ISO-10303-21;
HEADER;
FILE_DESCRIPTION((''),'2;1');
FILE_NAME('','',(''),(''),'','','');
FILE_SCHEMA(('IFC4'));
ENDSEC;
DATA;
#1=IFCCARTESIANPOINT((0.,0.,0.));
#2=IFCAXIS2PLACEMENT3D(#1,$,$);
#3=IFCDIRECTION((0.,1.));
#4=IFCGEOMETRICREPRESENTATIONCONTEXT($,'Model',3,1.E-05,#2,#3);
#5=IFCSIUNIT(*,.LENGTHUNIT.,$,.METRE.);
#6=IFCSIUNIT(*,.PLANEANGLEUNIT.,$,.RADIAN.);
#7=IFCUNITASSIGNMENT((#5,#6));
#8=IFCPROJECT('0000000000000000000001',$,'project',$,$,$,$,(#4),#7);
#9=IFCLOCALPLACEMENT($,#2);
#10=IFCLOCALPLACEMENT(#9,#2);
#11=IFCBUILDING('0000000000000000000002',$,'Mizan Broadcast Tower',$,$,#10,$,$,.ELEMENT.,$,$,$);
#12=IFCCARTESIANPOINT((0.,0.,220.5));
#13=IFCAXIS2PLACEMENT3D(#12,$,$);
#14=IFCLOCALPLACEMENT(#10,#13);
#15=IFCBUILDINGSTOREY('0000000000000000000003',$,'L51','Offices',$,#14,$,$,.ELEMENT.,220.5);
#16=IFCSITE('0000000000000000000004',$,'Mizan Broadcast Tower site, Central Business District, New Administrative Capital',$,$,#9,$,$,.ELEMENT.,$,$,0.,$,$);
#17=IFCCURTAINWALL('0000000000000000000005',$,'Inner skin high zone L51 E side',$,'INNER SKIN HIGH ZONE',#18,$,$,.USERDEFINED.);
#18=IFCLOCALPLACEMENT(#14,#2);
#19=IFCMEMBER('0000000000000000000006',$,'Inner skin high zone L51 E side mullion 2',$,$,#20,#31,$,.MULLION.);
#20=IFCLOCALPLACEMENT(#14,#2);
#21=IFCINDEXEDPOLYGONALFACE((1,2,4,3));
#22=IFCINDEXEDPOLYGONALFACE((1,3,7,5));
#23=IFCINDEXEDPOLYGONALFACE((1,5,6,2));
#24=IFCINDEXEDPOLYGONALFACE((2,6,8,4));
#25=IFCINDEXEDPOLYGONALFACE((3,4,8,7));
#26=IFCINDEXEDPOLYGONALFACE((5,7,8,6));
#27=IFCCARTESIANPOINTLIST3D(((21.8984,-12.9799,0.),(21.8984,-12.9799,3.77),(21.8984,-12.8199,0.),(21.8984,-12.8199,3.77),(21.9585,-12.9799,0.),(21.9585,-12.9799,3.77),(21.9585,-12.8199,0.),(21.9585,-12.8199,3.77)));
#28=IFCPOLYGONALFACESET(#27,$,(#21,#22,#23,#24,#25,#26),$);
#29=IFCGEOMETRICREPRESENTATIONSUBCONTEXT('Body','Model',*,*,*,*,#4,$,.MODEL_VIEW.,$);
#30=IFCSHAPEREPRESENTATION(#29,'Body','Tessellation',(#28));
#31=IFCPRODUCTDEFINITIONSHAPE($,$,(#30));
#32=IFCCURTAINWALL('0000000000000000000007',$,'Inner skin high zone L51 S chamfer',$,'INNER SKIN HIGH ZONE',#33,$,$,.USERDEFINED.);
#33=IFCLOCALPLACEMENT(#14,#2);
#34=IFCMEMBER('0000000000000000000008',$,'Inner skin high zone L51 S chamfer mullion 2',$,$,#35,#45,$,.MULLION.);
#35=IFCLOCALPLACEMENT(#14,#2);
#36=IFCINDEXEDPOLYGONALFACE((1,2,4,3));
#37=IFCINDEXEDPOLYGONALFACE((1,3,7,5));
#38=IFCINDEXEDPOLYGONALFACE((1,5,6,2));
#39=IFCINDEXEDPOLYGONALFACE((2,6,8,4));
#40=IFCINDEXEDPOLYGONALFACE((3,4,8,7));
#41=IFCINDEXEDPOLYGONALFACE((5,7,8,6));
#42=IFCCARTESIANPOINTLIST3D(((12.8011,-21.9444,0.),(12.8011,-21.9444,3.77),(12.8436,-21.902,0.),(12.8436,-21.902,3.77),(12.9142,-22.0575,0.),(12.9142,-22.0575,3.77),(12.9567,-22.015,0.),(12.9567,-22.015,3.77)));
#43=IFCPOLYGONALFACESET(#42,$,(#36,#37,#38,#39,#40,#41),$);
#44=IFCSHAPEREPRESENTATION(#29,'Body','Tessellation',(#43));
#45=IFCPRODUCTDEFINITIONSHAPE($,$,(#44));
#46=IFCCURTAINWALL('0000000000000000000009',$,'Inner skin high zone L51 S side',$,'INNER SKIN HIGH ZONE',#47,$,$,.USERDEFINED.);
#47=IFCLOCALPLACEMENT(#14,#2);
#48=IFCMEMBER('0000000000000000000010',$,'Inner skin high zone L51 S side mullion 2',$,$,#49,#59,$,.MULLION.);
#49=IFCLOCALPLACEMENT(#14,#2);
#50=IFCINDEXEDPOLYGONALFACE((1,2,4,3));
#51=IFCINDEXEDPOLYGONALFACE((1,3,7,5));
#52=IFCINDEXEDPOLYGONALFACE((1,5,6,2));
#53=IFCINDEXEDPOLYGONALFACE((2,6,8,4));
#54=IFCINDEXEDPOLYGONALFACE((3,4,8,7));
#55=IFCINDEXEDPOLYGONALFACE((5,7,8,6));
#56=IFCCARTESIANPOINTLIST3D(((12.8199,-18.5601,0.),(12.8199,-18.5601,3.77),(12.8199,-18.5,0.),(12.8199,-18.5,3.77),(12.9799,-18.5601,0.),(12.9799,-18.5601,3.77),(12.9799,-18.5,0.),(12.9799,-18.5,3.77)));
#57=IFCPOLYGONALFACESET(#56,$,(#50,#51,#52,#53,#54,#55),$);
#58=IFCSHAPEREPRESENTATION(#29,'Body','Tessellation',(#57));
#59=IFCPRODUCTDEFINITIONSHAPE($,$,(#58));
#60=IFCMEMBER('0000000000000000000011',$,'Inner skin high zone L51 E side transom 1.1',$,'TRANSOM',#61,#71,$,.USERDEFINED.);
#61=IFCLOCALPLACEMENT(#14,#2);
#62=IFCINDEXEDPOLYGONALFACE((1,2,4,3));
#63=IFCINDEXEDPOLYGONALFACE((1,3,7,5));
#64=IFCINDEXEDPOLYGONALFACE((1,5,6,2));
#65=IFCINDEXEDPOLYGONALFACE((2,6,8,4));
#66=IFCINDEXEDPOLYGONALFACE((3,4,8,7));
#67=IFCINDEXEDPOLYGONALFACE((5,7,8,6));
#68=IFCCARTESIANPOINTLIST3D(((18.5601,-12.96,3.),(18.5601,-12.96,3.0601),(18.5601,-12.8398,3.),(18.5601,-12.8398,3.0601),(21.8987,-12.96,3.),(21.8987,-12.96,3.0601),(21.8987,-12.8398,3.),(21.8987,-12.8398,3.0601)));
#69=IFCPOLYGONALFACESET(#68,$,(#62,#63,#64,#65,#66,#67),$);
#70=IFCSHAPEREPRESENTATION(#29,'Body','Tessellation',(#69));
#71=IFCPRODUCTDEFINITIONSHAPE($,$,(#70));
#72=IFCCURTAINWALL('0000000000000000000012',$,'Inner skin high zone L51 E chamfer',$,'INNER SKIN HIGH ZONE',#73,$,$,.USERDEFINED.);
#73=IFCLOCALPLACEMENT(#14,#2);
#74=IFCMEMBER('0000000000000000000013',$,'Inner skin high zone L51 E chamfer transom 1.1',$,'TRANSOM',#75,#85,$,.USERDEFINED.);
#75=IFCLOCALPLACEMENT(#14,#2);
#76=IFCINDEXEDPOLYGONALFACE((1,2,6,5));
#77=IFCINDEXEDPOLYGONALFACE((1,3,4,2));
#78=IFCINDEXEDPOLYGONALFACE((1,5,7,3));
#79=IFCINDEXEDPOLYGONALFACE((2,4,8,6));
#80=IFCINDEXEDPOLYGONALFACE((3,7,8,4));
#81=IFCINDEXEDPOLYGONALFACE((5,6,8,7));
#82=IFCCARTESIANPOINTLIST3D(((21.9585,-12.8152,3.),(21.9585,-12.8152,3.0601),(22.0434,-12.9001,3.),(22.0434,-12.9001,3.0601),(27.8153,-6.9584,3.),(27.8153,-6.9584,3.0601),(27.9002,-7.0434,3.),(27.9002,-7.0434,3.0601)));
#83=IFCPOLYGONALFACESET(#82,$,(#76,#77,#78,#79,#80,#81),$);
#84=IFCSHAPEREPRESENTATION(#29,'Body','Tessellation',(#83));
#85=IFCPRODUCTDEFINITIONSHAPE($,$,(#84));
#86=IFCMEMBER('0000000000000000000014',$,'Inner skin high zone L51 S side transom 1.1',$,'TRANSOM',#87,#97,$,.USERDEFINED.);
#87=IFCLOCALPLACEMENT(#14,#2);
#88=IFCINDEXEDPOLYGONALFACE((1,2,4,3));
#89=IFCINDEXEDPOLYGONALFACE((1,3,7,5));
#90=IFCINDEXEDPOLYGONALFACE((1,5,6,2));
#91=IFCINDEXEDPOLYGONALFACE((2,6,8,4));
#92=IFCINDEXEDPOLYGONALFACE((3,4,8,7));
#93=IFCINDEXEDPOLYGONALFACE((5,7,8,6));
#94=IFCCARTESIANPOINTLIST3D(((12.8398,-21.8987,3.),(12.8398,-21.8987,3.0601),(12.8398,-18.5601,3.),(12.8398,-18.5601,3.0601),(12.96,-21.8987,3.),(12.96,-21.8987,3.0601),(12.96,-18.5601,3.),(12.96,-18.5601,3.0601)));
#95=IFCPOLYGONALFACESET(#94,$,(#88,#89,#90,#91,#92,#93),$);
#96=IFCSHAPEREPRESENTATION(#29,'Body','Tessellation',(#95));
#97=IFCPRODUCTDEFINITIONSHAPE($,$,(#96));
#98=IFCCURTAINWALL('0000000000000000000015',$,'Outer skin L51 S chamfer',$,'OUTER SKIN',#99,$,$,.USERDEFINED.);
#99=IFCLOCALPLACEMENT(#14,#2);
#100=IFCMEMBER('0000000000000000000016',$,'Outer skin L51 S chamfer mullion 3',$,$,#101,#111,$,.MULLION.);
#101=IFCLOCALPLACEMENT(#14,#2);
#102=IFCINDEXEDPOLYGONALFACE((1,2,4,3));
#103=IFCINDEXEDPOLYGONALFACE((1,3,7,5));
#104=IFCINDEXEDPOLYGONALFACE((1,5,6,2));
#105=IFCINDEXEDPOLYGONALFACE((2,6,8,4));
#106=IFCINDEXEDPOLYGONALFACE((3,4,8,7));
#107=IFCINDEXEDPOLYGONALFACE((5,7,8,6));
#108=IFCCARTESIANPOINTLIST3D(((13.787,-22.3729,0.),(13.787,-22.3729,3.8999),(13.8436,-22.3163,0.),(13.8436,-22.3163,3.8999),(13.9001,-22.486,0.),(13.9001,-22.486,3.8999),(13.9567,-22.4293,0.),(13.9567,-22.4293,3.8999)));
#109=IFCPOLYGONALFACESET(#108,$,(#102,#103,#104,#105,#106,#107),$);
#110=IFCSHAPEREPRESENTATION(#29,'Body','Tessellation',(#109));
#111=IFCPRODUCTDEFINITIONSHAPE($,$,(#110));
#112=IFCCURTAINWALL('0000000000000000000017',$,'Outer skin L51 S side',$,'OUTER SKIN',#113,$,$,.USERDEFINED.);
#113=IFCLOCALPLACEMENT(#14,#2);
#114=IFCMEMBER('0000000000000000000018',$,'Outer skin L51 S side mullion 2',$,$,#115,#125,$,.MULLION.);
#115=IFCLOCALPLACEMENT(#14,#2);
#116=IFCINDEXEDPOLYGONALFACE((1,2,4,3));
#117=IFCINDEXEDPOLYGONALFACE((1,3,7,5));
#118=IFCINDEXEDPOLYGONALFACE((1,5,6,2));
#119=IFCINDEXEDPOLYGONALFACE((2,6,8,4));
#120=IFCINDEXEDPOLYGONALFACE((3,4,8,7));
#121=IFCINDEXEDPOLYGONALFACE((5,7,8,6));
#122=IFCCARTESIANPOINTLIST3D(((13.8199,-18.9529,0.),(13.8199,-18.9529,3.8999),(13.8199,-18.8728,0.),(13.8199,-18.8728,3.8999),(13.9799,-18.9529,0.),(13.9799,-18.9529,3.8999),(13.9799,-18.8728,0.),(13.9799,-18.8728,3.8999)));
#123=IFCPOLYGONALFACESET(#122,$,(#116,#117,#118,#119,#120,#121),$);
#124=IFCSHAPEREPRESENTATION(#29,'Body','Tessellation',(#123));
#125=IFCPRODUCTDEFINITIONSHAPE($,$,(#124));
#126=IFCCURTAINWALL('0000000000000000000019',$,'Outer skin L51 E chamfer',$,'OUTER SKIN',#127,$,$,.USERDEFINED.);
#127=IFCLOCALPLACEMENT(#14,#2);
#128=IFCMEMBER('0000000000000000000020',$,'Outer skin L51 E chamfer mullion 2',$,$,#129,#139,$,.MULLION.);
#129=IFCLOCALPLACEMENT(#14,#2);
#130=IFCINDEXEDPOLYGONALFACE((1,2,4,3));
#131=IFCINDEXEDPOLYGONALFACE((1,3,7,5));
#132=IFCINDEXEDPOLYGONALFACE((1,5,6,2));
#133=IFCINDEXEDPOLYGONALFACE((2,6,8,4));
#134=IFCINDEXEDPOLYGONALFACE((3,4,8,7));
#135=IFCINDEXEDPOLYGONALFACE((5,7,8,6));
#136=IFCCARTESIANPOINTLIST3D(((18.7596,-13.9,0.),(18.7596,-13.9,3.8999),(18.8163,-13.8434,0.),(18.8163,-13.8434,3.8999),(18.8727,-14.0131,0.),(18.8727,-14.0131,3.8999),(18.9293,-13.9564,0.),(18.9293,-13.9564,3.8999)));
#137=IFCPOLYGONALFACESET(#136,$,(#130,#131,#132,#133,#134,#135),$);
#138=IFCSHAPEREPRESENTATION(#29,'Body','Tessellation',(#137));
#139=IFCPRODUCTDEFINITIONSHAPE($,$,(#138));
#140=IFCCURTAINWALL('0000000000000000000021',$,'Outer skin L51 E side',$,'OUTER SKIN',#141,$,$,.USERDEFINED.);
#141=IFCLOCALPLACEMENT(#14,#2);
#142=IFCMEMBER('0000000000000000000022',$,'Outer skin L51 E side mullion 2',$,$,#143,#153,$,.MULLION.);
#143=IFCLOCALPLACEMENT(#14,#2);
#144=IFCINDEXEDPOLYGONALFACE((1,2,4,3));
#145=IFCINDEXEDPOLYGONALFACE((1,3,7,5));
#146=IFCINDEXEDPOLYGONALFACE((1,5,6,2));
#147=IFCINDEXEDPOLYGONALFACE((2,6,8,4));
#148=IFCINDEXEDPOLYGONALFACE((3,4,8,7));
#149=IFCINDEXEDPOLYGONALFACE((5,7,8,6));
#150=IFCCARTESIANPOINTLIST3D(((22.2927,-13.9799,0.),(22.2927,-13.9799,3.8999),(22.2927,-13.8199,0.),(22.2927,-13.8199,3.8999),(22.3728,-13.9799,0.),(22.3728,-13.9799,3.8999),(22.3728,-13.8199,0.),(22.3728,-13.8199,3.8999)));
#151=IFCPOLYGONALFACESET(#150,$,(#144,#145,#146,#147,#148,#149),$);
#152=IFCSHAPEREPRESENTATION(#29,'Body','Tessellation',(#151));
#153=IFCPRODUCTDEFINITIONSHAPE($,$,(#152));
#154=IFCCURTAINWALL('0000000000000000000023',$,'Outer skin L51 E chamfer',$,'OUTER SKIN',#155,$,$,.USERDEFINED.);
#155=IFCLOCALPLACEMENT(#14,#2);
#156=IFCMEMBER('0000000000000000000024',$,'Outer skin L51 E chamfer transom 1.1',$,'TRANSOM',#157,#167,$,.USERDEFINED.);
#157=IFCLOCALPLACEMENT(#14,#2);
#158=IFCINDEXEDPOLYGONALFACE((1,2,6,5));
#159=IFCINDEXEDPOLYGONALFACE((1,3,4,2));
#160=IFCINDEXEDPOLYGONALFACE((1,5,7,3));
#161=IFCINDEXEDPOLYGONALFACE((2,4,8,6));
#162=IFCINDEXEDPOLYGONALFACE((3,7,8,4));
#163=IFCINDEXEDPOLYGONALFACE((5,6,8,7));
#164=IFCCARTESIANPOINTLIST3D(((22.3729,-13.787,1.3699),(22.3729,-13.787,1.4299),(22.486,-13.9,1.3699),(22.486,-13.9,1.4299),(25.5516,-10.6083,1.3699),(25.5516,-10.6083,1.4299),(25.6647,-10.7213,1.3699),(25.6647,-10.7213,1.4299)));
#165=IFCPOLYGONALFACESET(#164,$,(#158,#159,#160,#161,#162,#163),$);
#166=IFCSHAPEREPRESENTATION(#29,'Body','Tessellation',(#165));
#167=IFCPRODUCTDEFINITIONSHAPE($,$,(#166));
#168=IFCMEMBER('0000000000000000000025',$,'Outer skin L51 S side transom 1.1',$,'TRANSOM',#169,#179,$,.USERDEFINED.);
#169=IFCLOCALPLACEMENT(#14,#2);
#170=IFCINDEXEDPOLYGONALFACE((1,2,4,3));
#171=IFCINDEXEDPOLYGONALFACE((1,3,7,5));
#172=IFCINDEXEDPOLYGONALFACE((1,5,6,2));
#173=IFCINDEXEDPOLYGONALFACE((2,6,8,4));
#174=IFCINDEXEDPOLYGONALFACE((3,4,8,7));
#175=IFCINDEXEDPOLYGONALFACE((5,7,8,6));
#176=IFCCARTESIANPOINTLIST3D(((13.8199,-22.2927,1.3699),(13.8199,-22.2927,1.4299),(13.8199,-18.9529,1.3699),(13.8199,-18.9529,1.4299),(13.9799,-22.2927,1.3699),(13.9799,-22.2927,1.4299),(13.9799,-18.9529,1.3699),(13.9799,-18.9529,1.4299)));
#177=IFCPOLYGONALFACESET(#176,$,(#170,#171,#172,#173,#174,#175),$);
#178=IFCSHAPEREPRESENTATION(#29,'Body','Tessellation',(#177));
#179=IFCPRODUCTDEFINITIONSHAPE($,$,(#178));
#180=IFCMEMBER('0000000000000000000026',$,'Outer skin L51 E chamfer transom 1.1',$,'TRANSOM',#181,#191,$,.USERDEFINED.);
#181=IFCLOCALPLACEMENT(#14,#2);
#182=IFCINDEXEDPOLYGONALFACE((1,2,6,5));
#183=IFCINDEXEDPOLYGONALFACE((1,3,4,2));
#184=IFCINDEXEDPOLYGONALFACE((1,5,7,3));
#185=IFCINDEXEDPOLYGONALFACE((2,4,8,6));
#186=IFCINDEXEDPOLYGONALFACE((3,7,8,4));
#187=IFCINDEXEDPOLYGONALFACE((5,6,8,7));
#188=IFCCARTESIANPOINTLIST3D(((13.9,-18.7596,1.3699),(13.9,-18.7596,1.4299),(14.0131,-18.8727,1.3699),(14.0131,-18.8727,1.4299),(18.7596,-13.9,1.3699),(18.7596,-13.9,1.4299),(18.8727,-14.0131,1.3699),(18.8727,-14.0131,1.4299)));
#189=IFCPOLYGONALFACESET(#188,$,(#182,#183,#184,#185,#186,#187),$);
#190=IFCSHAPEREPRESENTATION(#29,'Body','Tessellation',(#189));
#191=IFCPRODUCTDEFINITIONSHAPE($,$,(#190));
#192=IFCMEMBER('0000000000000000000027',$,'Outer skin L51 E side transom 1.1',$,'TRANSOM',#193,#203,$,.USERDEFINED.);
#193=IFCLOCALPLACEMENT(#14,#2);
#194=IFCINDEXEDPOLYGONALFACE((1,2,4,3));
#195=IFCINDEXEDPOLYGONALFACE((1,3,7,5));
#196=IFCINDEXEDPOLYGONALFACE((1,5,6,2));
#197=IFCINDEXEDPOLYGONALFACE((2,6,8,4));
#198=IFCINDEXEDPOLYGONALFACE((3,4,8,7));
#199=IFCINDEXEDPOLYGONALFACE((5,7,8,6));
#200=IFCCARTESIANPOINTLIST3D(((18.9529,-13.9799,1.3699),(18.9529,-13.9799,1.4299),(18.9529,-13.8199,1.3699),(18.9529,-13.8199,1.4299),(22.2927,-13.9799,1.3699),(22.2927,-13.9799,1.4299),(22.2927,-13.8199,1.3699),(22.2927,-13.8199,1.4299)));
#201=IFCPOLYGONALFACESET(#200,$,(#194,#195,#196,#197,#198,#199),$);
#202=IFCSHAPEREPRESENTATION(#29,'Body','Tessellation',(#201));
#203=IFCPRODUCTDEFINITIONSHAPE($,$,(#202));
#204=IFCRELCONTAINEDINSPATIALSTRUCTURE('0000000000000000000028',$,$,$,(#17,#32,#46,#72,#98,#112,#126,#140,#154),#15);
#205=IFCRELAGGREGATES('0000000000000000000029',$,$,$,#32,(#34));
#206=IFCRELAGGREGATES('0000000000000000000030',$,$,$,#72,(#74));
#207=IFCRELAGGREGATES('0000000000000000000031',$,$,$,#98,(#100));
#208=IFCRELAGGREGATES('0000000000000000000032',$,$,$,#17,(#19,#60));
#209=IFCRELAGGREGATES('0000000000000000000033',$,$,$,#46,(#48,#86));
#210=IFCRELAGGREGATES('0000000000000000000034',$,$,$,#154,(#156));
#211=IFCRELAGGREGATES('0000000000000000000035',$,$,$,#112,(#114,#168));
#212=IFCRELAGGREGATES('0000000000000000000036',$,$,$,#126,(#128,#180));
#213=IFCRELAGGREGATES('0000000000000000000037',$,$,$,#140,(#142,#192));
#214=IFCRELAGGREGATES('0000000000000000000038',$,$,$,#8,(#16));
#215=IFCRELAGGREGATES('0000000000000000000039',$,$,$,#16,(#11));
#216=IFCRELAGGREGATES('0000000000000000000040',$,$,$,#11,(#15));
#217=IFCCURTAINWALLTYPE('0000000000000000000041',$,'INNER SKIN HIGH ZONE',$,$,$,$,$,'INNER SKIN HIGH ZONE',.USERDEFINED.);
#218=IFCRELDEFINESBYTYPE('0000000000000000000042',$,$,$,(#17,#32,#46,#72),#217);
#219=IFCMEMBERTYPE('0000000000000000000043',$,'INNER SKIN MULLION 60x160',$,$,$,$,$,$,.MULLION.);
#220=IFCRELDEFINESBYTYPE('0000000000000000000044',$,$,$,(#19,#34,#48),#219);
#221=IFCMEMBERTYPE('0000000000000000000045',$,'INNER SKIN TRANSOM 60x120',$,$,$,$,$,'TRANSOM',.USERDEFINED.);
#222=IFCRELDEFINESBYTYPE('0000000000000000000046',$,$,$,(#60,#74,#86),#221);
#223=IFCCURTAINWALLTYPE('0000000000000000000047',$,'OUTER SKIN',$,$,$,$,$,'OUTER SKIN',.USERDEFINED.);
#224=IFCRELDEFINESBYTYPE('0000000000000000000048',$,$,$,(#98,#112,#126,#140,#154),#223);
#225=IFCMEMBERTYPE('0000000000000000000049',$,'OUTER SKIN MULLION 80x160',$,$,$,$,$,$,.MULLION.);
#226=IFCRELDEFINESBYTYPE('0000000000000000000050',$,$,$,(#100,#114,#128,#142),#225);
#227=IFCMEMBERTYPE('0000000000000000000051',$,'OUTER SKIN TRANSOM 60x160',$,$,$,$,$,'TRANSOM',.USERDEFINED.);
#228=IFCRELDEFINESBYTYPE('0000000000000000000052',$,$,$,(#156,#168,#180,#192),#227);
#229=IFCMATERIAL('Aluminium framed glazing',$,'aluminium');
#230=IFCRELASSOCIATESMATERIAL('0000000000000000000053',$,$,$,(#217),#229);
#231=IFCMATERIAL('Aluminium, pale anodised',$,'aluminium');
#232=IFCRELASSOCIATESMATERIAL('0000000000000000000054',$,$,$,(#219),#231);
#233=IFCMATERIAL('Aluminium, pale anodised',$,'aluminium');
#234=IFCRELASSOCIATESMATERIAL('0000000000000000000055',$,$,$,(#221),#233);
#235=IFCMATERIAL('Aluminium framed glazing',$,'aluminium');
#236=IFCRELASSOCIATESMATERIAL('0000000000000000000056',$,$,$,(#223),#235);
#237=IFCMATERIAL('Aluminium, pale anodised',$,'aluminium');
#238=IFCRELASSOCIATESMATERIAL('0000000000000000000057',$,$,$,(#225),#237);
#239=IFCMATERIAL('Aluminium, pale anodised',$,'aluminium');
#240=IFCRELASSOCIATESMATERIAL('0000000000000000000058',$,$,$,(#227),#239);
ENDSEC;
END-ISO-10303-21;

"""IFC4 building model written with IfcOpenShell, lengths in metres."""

from ifc_helpers import new_model, si_unit, direction, frame, origin, origin_2d, place, context, subcontext, project, spatial, rectangle, extrude, material, material_profile, profile_set, type_object, element, aggregate, save


model = new_model("IFC4")

# Units and contexts
model_context = context("Model", 3, precision=1e-05, world=origin(), true_north=direction((0.0, 1.0)))
body_context = subcontext(model_context, "Body", "Model", "MODEL_VIEW")
ifc_project = project(units=[si_unit("LENGTHUNIT", "METRE"), si_unit("PLANEANGLEUNIT", "RADIAN")], contexts=[model_context])

# Site, building, storey
site_placement = place(None, origin())
site = spatial("IfcSite", under=ifc_project, at=site_placement, Name="Mizan Broadcast Tower site, Central Business District, New Administrative Capital", CompositionType="ELEMENT", RefElevation=0.0)
building_placement = place(site_placement, origin())
building = spatial("IfcBuilding", under=site, at=building_placement, Name="Mizan Broadcast Tower", CompositionType="ELEMENT")
storey_placement = place(building_placement, frame((0.0, 0.0, 220.5)))
storey = spatial("IfcBuildingStorey", under=building, at=storey_placement, Name="L51", Description="Offices", CompositionType="ELEMENT", Elevation=220.5)

# Curtain walls, members
ifc_material_1 = material(Name="Aluminium framed glazing", Category="aluminium")
curtain_wall_type_1 = type_object("IfcCurtainWallType", Name="INNER SKIN HIGH ZONE", ElementType="INNER SKIN HIGH ZONE", PredefinedType="USERDEFINED", material=ifc_material_1)
curtain_wall_1_placement = place(storey_placement, origin())
curtain_wall_1 = element("IfcCurtainWall", 1, at=curtain_wall_1_placement, inside=storey, type_object=curtain_wall_type_1, Name="Inner skin high zone L51 E side", ObjectType="INNER SKIN HIGH ZONE", PredefinedType="USERDEFINED")
ifc_material_2 = material(Name="Aluminium, pale anodised", Category="aluminium")
ifc_material_profile_1 = material_profile(ifc_material_2, rectangle(XDim=0.1599, YDim=0.0601, at=origin_2d()), Name="MULLION 160x60")
ifc_profile_set_1 = profile_set([ifc_material_profile_1], Name="Aluminium, pale anodised")
member_type_1 = type_object("IfcMemberType", Name="INNER SKIN MULLION 60x160", PredefinedType="MULLION", material=ifc_profile_set_1)
member_1_placement = place(storey_placement, frame((21.9285, -12.8999, 0.0), z_axis=(0.0, 0.0, 1.0), x_axis=(0.0, 1.0, 0.0)))
member_1 = element("IfcMember", 2, at=member_1_placement, type_object=member_type_1, Name="Inner skin high zone L51 E side mullion 2", PredefinedType="MULLION", context=body_context, shape_type="SweptSolid", body=[
    extrude(rectangle(XDim=0.1599, YDim=0.0601, at=origin_2d()), origin(), (0.0, 0.0, 1.0), 3.77),
])
curtain_wall_2_placement = place(storey_placement, origin())
curtain_wall_2 = element("IfcCurtainWall", 3, at=curtain_wall_2_placement, inside=storey, type_object=curtain_wall_type_1, Name="Inner skin high zone L51 S chamfer", ObjectType="INNER SKIN HIGH ZONE", PredefinedType="USERDEFINED")
member_2_placement = place(storey_placement, frame((12.8789, -21.9797, 0.0), z_axis=(0.0, 0.0, 1.0), x_axis=(-0.707107, 0.707107, 0.0)))
member_2 = element("IfcMember", 4, at=member_2_placement, type_object=member_type_1, Name="Inner skin high zone L51 S chamfer mullion 2", PredefinedType="MULLION", context=body_context, shape_type="SweptSolid", body=[
    extrude(rectangle(XDim=0.1599, YDim=0.0601, at=origin_2d()), origin(), (0.0, 0.0, 1.0), 3.77),
])
aggregate(curtain_wall_2, [member_2])
curtain_wall_3_placement = place(storey_placement, origin())
curtain_wall_3 = element("IfcCurtainWall", 5, at=curtain_wall_3_placement, inside=storey, type_object=curtain_wall_type_1, Name="Inner skin high zone L51 S side", ObjectType="INNER SKIN HIGH ZONE", PredefinedType="USERDEFINED")
member_3_placement = place(storey_placement, frame((12.8999, -18.53, 0.0), z_axis=(0.0, 0.0, 1.0), x_axis=(-1.0, 0.0, 0.0)))
member_3 = element("IfcMember", 6, at=member_3_placement, type_object=member_type_1, Name="Inner skin high zone L51 S side mullion 2", PredefinedType="MULLION", context=body_context, shape_type="SweptSolid", body=[
    extrude(rectangle(XDim=0.1599, YDim=0.0601, at=origin_2d()), origin(), (0.0, 0.0, 1.0), 3.77),
])

# Member
ifc_material_3 = material(Name="Aluminium, pale anodised", Category="aluminium")
ifc_material_profile_2 = material_profile(ifc_material_3, rectangle(XDim=0.1201, YDim=0.0601, at=origin_2d()), Name="TRANSOM 120x60")
ifc_profile_set_2 = profile_set([ifc_material_profile_2], Name="Aluminium, pale anodised")
member_type_2 = type_object("IfcMemberType", Name="INNER SKIN TRANSOM 60x120", ElementType="TRANSOM", PredefinedType="USERDEFINED", material=ifc_profile_set_2)
member_4_placement = place(storey_placement, frame((18.5601, -12.8999, 3.03), z_axis=(1.0, 0.0, 0.0), x_axis=(0.0, 1.0, 0.0)))
member_4 = element("IfcMember", 7, at=member_4_placement, type_object=member_type_2, Name="Inner skin high zone L51 E side transom 1.1", ObjectType="TRANSOM", PredefinedType="USERDEFINED", context=body_context, shape_type="SweptSolid", body=[
    extrude(rectangle(XDim=0.1201, YDim=0.0601, at=origin_2d()), origin(), (0.0, 0.0, 1.0), 3.3386),
])

# Curtain wall, member
curtain_wall_4_placement = place(storey_placement, origin())
curtain_wall_4 = element("IfcCurtainWall", 8, at=curtain_wall_4_placement, inside=storey, type_object=curtain_wall_type_1, Name="Inner skin high zone L51 E chamfer", ObjectType="INNER SKIN HIGH ZONE", PredefinedType="USERDEFINED")
member_5_placement = place(storey_placement, frame((22.001, -12.8577, 3.03), z_axis=(0.707107, 0.707107, 0.0), x_axis=(-0.707107, 0.707107, 0.0)))
member_5 = element("IfcMember", 9, at=member_5_placement, type_object=member_type_2, Name="Inner skin high zone L51 E chamfer transom 1.1", ObjectType="TRANSOM", PredefinedType="USERDEFINED", context=body_context, shape_type="SweptSolid", body=[
    extrude(rectangle(XDim=0.1201, YDim=0.0601, at=origin_2d()), origin(), (0.0, 0.0, 1.0), 8.2827),
])
aggregate(curtain_wall_4, [member_5])

# Member
member_6_placement = place(storey_placement, frame((12.8999, -21.8987, 3.03), z_axis=(0.0, 1.0, 0.0), x_axis=(-1.0, 0.0, 0.0)))
member_6 = element("IfcMember", 10, at=member_6_placement, type_object=member_type_2, Name="Inner skin high zone L51 S side transom 1.1", ObjectType="TRANSOM", PredefinedType="USERDEFINED", context=body_context, shape_type="SweptSolid", body=[
    extrude(rectangle(XDim=0.1201, YDim=0.0601, at=origin_2d()), origin(), (0.0, 0.0, 1.0), 3.3386),
])

# Curtain walls, members
ifc_material_4 = material(Name="Aluminium framed glazing", Category="aluminium")
curtain_wall_type_2 = type_object("IfcCurtainWallType", Name="OUTER SKIN", ElementType="OUTER SKIN", PredefinedType="USERDEFINED", material=ifc_material_4)
curtain_wall_5_placement = place(storey_placement, origin())
curtain_wall_5 = element("IfcCurtainWall", 11, at=curtain_wall_5_placement, inside=storey, type_object=curtain_wall_type_2, Name="Outer skin L51 S chamfer", ObjectType="OUTER SKIN", PredefinedType="USERDEFINED")
ifc_material_5 = material(Name="Aluminium, pale anodised", Category="aluminium")
ifc_material_profile_3 = material_profile(ifc_material_5, rectangle(XDim=0.1599, YDim=0.0801, at=origin_2d()), Name="MULLION 160x80")
ifc_profile_set_3 = profile_set([ifc_material_profile_3], Name="Aluminium, pale anodised")
member_type_3 = type_object("IfcMemberType", Name="OUTER SKIN MULLION 80x160", PredefinedType="MULLION", material=ifc_profile_set_3)
member_7_placement = place(storey_placement, frame((13.8718, -22.4011, 0.0), z_axis=(0.0, 0.0, 1.0), x_axis=(-0.707107, 0.707107, 0.0)))
member_7 = element("IfcMember", 12, at=member_7_placement, type_object=member_type_3, Name="Outer skin L51 S chamfer mullion 3", PredefinedType="MULLION", context=body_context, shape_type="SweptSolid", body=[
    extrude(rectangle(XDim=0.1599, YDim=0.0801, at=origin_2d()), origin(), (0.0, 0.0, 1.0), 3.8999),
])
aggregate(curtain_wall_5, [member_7])
curtain_wall_6_placement = place(storey_placement, origin())
curtain_wall_6 = element("IfcCurtainWall", 13, at=curtain_wall_6_placement, inside=storey, type_object=curtain_wall_type_2, Name="Outer skin L51 S side", ObjectType="OUTER SKIN", PredefinedType="USERDEFINED")
member_8_placement = place(storey_placement, frame((13.8999, -18.9128, 0.0), z_axis=(0.0, 0.0, 1.0), x_axis=(-1.0, 0.0, 0.0)))
member_8 = element("IfcMember", 14, at=member_8_placement, type_object=member_type_3, Name="Outer skin L51 S side mullion 2", PredefinedType="MULLION", context=body_context, shape_type="SweptSolid", body=[
    extrude(rectangle(XDim=0.1599, YDim=0.0801, at=origin_2d()), origin(), (0.0, 0.0, 1.0), 3.8999),
])
curtain_wall_7_placement = place(storey_placement, origin())
curtain_wall_7 = element("IfcCurtainWall", 15, at=curtain_wall_7_placement, inside=storey, type_object=curtain_wall_type_2, Name="Outer skin L51 E chamfer", ObjectType="OUTER SKIN", PredefinedType="USERDEFINED")
member_9_placement = place(storey_placement, frame((18.8445, -13.9282, 0.0), z_axis=(0.0, 0.0, 1.0), x_axis=(-0.707107, 0.707107, 0.0)))
member_9 = element("IfcMember", 16, at=member_9_placement, type_object=member_type_3, Name="Outer skin L51 E chamfer mullion 2", PredefinedType="MULLION", context=body_context, shape_type="SweptSolid", body=[
    extrude(rectangle(XDim=0.1599, YDim=0.0801, at=origin_2d()), origin(), (0.0, 0.0, 1.0), 3.8999),
])
curtain_wall_8_placement = place(storey_placement, origin())
curtain_wall_8 = element("IfcCurtainWall", 17, at=curtain_wall_8_placement, inside=storey, type_object=curtain_wall_type_2, Name="Outer skin L51 E side", ObjectType="OUTER SKIN", PredefinedType="USERDEFINED")
member_10_placement = place(storey_placement, frame((22.3328, -13.8999, 0.0), z_axis=(0.0, 0.0, 1.0), x_axis=(0.0, 1.0, 0.0)))
member_10 = element("IfcMember", 18, at=member_10_placement, type_object=member_type_3, Name="Outer skin L51 E side mullion 2", PredefinedType="MULLION", context=body_context, shape_type="SweptSolid", body=[
    extrude(rectangle(XDim=0.1599, YDim=0.0801, at=origin_2d()), origin(), (0.0, 0.0, 1.0), 3.8999),
])
curtain_wall_9_placement = place(storey_placement, origin())
curtain_wall_9 = element("IfcCurtainWall", 19, at=curtain_wall_9_placement, inside=storey, type_object=curtain_wall_type_2, Name="Outer skin L51 E chamfer", ObjectType="OUTER SKIN", PredefinedType="USERDEFINED")
ifc_material_6 = material(Name="Aluminium, pale anodised", Category="aluminium")
ifc_material_profile_4 = material_profile(ifc_material_6, rectangle(XDim=0.1599, YDim=0.0601, at=origin_2d()), Name="TRANSOM 160x60")
ifc_profile_set_4 = profile_set([ifc_material_profile_4], Name="Aluminium, pale anodised")
member_type_4 = type_object("IfcMemberType", Name="OUTER SKIN TRANSOM 60x160", ElementType="TRANSOM", PredefinedType="USERDEFINED", material=ifc_profile_set_4)
member_11_placement = place(storey_placement, frame((22.4294, -13.8435, 1.3999), z_axis=(0.707107, 0.707107, 0.0), x_axis=(-0.707107, 0.707107, 0.0)))
member_11 = element("IfcMember", 20, at=member_11_placement, type_object=member_type_4, Name="Outer skin L51 E chamfer transom 1.1", ObjectType="TRANSOM", PredefinedType="USERDEFINED", context=body_context, shape_type="SweptSolid", body=[
    extrude(rectangle(XDim=0.1599, YDim=0.0601, at=origin_2d()), origin(), (0.0, 0.0, 1.0), 4.4954),
])

# Members
member_12_placement = place(storey_placement, frame((13.8999, -22.2927, 1.3999), z_axis=(0.0, 1.0, 0.0), x_axis=(-1.0, 0.0, 0.0)))
member_12 = element("IfcMember", 21, at=member_12_placement, type_object=member_type_4, Name="Outer skin L51 S side transom 1.1", ObjectType="TRANSOM", PredefinedType="USERDEFINED", context=body_context, shape_type="SweptSolid", body=[
    extrude(rectangle(XDim=0.1599, YDim=0.0601, at=origin_2d()), origin(), (0.0, 0.0, 1.0), 3.3398),
])
member_13_placement = place(storey_placement, frame((13.9565, -18.8162, 1.3999), z_axis=(0.707107, 0.707107, 0.0), x_axis=(-0.707107, 0.707107, 0.0)))
member_13 = element("IfcMember", 22, at=member_13_placement, type_object=member_type_4, Name="Outer skin L51 E chamfer transom 1.1", ObjectType="TRANSOM", PredefinedType="USERDEFINED", context=body_context, shape_type="SweptSolid", body=[
    extrude(rectangle(XDim=0.1599, YDim=0.0601, at=origin_2d()), origin(), (0.0, 0.0, 1.0), 6.8726),
])
member_14_placement = place(storey_placement, frame((18.9529, -13.8999, 1.3999), z_axis=(1.0, 0.0, 0.0), x_axis=(0.0, 1.0, 0.0)))
member_14 = element("IfcMember", 23, at=member_14_placement, type_object=member_type_4, Name="Outer skin L51 E side transom 1.1", ObjectType="TRANSOM", PredefinedType="USERDEFINED", context=body_context, shape_type="SweptSolid", body=[
    extrude(rectangle(XDim=0.1599, YDim=0.0601, at=origin_2d()), origin(), (0.0, 0.0, 1.0), 3.3398),
])

aggregate(curtain_wall_1, [member_1, member_4])
aggregate(curtain_wall_3, [member_3, member_6])
aggregate(curtain_wall_9, [member_11])
aggregate(curtain_wall_6, [member_8, member_12])
aggregate(curtain_wall_7, [member_9, member_13])
aggregate(curtain_wall_8, [member_10, member_14])

save(model, "model.ifc")
